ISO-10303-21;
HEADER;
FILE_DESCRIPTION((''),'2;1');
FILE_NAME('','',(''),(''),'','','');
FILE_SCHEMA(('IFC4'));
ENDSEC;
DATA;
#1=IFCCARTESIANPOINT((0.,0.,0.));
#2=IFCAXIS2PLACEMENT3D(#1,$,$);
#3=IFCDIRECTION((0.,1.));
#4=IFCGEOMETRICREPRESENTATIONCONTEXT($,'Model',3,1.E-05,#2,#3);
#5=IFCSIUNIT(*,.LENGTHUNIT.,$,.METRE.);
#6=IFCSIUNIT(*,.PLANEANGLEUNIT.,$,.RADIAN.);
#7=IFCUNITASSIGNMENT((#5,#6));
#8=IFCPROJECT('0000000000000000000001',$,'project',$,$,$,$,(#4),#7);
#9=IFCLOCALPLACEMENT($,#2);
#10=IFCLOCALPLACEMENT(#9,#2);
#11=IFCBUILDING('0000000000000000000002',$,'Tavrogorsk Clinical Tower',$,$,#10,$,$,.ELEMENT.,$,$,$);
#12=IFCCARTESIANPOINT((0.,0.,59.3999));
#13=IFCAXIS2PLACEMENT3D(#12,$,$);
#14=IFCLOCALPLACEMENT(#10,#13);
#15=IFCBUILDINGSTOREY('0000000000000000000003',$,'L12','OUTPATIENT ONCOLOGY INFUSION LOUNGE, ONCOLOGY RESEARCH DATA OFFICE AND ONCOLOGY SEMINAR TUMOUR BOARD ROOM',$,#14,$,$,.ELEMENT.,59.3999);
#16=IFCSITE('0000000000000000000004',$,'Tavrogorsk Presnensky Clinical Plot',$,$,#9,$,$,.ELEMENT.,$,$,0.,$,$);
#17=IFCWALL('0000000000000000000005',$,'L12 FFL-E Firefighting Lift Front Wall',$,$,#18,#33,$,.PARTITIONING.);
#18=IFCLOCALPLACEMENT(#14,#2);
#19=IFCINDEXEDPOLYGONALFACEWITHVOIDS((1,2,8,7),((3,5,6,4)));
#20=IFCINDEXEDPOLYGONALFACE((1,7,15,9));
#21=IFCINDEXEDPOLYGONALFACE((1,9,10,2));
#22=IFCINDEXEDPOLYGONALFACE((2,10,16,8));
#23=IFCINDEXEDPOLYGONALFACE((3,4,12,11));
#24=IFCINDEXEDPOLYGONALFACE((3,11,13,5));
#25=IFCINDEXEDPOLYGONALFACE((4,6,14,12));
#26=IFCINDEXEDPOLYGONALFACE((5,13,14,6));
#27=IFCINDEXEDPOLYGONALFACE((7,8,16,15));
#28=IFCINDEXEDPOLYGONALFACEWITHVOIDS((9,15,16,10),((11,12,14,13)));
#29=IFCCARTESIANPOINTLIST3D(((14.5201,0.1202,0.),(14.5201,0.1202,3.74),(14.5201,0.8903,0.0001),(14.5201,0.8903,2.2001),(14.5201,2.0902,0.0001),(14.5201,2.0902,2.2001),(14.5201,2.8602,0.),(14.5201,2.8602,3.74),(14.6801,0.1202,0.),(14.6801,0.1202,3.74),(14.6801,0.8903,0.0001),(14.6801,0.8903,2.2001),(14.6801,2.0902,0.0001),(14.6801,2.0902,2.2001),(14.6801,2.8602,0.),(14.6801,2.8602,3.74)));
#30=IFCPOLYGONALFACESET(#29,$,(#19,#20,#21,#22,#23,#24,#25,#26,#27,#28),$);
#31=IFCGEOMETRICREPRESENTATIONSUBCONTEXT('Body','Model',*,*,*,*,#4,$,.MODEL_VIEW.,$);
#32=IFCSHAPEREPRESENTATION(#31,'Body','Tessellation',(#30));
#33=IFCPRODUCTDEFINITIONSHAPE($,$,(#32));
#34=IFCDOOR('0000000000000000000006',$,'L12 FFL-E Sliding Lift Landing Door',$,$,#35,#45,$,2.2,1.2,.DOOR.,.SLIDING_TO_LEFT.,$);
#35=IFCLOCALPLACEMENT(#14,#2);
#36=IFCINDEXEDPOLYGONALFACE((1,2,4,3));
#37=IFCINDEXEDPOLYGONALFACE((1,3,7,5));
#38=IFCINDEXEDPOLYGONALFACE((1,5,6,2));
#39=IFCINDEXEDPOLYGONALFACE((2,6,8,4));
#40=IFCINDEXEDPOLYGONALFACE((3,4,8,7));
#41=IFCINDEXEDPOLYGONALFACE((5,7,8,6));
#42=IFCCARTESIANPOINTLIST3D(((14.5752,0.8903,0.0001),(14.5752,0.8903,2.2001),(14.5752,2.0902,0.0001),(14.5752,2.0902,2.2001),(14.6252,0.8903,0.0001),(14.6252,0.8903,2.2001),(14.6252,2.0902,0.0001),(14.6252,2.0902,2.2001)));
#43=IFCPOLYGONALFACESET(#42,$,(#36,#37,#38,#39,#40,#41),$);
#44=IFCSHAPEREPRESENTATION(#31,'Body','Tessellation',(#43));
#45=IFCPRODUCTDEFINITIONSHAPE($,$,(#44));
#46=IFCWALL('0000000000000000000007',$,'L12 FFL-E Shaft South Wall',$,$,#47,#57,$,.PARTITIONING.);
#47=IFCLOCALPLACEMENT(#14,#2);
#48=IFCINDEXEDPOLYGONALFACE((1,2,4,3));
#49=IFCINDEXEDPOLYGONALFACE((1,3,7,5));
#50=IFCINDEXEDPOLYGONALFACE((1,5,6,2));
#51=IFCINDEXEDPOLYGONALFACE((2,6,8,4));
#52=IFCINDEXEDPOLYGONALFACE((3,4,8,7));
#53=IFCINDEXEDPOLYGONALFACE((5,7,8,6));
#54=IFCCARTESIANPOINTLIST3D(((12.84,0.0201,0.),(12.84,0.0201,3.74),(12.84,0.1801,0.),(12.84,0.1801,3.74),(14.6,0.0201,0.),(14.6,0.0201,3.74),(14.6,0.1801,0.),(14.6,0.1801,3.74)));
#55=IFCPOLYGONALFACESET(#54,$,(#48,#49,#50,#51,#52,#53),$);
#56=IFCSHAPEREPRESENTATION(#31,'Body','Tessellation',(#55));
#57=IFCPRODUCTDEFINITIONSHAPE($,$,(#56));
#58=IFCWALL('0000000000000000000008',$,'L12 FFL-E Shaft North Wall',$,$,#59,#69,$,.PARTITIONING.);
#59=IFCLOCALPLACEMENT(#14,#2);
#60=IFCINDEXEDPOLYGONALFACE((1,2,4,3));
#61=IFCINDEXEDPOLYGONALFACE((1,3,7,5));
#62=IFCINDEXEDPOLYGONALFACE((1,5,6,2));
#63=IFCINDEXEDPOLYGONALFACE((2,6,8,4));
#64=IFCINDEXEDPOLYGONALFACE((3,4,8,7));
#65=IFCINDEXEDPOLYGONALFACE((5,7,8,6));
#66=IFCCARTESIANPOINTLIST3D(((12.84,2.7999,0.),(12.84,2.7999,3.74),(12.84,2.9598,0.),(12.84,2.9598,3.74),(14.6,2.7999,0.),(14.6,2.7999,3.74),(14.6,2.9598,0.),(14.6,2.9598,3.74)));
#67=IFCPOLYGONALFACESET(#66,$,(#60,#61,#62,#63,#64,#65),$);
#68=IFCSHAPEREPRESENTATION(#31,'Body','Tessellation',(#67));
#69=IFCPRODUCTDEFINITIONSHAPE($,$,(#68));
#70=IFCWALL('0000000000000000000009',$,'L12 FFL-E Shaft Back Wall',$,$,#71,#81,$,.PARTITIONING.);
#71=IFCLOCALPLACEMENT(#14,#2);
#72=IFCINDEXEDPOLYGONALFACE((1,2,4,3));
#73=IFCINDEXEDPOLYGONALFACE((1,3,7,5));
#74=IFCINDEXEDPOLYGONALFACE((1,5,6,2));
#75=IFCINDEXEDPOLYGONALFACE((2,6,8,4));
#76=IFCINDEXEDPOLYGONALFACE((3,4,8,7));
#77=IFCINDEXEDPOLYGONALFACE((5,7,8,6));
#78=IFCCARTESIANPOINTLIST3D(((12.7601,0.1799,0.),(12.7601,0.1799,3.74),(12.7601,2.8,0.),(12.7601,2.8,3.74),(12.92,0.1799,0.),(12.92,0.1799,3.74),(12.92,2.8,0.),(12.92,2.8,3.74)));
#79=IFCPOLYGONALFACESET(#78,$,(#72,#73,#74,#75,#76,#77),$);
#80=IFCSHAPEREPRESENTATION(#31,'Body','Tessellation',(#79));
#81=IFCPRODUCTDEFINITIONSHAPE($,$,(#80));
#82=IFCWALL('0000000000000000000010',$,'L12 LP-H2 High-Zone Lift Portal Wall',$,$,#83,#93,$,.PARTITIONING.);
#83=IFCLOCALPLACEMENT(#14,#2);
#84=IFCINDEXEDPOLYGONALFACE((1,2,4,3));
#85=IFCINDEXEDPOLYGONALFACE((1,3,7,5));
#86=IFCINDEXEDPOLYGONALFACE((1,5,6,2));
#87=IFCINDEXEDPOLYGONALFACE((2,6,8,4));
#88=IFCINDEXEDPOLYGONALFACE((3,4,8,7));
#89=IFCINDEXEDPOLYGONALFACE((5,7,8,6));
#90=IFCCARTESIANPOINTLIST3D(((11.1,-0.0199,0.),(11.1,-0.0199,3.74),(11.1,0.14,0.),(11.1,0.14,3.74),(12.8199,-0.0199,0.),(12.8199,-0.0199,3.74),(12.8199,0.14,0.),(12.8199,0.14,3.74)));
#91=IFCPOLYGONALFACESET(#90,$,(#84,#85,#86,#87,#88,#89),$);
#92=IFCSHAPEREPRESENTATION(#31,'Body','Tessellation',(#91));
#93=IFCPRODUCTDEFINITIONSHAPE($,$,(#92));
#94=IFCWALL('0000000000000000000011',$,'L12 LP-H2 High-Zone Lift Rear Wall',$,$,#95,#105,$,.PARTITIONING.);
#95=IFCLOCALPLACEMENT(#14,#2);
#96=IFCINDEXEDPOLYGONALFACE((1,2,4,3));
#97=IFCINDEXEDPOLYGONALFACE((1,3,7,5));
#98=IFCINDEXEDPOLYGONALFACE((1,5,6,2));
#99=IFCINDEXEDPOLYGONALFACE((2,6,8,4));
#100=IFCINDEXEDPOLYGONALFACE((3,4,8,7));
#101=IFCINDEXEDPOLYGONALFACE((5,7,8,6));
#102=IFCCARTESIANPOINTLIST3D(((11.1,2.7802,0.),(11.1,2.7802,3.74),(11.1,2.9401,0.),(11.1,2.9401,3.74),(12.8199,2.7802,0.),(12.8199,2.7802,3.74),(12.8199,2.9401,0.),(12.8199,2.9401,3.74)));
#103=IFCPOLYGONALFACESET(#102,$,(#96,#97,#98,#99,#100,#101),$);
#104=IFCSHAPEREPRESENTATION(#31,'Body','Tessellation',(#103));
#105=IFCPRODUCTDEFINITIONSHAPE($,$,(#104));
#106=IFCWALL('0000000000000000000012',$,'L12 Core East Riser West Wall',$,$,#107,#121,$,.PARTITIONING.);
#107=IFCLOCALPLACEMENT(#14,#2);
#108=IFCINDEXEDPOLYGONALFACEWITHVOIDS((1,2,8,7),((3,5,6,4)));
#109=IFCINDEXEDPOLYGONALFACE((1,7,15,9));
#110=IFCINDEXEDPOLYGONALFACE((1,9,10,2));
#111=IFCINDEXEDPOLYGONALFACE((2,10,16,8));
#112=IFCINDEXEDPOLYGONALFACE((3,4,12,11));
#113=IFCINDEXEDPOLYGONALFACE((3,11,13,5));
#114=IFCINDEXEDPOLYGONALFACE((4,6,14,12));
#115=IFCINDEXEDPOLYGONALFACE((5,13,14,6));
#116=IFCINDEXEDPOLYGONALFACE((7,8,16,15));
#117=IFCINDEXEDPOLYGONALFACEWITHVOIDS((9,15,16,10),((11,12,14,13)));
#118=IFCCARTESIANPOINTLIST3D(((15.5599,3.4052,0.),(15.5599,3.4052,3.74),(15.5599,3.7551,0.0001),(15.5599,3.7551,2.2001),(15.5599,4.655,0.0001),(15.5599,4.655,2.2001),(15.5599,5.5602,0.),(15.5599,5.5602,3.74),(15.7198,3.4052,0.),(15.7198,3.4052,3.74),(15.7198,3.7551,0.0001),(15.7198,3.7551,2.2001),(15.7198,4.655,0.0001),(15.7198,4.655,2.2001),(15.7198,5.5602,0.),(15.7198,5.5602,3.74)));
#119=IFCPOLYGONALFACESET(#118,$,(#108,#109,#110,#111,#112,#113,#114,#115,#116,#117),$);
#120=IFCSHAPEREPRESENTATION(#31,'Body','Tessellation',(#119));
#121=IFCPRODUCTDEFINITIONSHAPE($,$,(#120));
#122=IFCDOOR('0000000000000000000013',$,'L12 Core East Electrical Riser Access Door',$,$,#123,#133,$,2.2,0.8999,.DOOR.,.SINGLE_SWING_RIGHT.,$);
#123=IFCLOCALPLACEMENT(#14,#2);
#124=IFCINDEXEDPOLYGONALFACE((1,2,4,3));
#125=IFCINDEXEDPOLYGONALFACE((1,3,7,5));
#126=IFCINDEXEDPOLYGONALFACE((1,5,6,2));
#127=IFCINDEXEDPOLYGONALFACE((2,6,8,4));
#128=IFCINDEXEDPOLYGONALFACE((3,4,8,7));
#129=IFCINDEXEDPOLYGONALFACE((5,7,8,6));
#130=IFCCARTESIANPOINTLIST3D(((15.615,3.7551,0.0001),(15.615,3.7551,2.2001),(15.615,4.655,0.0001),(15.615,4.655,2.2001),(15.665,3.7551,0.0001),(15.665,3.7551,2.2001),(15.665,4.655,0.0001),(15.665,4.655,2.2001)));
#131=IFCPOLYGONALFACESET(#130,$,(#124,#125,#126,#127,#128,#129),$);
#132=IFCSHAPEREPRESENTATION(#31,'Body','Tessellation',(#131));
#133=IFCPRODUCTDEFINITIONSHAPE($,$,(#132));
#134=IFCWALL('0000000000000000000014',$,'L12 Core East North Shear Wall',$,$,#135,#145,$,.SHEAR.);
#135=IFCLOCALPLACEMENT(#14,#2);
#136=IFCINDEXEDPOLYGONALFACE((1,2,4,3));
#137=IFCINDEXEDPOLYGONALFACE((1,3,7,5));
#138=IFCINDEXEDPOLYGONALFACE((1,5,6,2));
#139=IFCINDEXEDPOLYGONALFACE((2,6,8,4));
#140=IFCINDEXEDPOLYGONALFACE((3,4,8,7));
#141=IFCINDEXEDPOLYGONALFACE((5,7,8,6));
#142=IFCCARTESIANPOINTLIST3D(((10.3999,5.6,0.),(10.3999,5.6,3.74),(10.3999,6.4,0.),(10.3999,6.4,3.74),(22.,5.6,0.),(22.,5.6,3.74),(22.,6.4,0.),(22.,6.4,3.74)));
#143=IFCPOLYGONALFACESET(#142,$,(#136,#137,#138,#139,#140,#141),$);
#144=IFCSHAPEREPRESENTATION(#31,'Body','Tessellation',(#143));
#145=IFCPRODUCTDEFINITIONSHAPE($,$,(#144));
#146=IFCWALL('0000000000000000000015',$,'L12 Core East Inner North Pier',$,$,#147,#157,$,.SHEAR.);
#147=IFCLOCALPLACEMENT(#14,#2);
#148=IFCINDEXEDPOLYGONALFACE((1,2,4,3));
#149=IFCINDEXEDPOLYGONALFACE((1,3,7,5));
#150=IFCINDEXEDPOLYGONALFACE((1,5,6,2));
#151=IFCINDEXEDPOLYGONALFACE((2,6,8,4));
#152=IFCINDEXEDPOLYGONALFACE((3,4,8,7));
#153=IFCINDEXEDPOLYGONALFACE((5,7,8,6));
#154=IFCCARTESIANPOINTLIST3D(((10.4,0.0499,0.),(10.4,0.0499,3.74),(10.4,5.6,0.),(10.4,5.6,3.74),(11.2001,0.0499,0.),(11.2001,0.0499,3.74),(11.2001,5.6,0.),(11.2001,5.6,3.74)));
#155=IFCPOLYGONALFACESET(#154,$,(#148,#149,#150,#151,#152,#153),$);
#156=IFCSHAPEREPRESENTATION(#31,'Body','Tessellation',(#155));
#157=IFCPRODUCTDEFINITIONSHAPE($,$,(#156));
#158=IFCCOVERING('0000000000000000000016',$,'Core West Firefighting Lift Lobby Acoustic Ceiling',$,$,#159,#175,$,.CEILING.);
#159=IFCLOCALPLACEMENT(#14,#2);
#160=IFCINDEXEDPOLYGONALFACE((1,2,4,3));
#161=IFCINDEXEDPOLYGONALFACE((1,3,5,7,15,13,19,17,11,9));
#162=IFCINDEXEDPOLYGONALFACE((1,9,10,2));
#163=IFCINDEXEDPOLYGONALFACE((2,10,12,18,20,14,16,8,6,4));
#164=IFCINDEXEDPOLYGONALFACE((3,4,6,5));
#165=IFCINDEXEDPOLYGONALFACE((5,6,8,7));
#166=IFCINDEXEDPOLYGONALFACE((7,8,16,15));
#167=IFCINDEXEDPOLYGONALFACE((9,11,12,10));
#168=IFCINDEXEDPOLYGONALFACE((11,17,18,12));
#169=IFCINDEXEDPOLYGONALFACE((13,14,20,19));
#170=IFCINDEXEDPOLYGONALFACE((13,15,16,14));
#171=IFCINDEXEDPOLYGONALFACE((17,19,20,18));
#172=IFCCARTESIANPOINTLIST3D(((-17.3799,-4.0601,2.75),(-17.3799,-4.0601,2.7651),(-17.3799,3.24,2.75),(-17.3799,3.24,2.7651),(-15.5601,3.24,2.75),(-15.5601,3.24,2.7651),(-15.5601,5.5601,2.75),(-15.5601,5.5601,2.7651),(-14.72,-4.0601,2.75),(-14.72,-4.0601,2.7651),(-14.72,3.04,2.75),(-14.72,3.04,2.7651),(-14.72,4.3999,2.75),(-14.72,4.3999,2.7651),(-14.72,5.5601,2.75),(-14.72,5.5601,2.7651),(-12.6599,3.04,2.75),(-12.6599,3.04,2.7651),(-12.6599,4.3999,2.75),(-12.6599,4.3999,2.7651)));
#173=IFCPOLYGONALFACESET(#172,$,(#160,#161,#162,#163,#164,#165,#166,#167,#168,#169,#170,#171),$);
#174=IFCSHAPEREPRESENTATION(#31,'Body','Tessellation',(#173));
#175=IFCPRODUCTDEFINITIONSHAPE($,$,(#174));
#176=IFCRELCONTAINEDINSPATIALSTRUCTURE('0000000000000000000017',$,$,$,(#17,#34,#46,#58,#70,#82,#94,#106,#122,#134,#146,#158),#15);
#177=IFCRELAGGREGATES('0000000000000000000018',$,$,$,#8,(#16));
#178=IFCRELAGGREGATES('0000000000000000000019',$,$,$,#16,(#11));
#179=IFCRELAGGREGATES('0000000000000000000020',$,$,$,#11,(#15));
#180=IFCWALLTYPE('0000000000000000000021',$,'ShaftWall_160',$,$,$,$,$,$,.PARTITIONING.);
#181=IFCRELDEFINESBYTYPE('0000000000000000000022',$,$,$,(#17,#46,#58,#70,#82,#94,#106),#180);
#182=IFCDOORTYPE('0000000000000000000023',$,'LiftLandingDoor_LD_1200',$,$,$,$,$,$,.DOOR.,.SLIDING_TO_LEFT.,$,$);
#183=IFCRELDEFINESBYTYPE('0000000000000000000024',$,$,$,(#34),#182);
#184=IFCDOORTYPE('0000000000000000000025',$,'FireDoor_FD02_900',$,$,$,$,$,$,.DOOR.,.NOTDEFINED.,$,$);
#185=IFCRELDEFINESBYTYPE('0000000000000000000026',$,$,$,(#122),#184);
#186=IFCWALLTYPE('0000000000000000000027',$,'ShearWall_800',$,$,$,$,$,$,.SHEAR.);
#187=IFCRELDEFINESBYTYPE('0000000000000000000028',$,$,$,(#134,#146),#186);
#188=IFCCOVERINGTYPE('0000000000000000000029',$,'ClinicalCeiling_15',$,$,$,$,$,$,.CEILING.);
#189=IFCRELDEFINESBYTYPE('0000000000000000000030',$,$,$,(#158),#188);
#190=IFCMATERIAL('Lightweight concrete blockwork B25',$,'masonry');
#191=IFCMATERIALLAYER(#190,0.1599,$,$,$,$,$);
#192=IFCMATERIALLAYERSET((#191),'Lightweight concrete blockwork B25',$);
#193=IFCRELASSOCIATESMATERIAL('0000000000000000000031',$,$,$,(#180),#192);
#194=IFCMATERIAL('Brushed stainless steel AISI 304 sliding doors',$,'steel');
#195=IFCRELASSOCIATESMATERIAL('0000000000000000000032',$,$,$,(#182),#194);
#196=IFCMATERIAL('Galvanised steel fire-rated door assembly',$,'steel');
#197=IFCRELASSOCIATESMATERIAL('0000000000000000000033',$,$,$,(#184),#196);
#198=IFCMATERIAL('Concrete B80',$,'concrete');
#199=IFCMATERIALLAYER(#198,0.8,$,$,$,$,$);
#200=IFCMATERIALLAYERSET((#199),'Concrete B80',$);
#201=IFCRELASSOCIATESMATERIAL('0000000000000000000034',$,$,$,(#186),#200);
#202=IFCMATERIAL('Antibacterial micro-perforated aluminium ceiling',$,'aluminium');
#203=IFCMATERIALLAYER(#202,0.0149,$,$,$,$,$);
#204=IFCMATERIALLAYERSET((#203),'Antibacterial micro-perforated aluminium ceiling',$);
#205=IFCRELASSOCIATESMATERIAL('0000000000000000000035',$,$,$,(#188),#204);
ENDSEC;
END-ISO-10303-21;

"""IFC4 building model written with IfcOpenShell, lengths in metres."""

from ifc_helpers import new_model, si_unit, direction, frame, frame_2d, origin, place, context, subcontext, project, spatial, polyline, rectangle, outline, extrude, material, layer, layer_set, type_object, element, fill, save


model = new_model("IFC4")

# Units and contexts
model_context = context("Model", 3, precision=1e-05, world=origin(), true_north=direction((0.0, 1.0)))
body_context = subcontext(model_context, "Body", "Model", "MODEL_VIEW")
ifc_project = project(units=[si_unit("LENGTHUNIT", "METRE"), si_unit("PLANEANGLEUNIT", "RADIAN")], contexts=[model_context])

# Site, building, storey
site_placement = place(None, origin())
site = spatial("IfcSite", under=ifc_project, at=site_placement, Name="Tavrogorsk Presnensky Clinical Plot", CompositionType="ELEMENT", RefElevation=0.0)
building_placement = place(site_placement, origin())
building = spatial("IfcBuilding", under=site, at=building_placement, Name="Tavrogorsk Clinical Tower", CompositionType="ELEMENT")
storey_placement = place(building_placement, frame((0.0, 0.0, 59.3999)))
storey = spatial("IfcBuildingStorey", under=building, at=storey_placement, Name="L12", Description="OUTPATIENT ONCOLOGY INFUSION LOUNGE, ONCOLOGY RESEARCH DATA OFFICE AND ONCOLOGY SEMINAR TUMOUR BOARD ROOM", CompositionType="ELEMENT", Elevation=59.3999)

# Wall, opening, door
ifc_material_1 = material(Name="Lightweight concrete blockwork B25", Category="masonry")
ifc_layer_1 = layer(ifc_material_1, 0.1599)
ifc_layer_set_1 = layer_set([ifc_layer_1], Name="Lightweight concrete blockwork B25")
wall_type_1 = type_object("IfcWallType", Name="ShaftWall_160", PredefinedType="PARTITIONING", material=ifc_layer_set_1)
wall_1_placement = place(storey_placement, frame((14.6001, 0.1201, 0.0), z_axis=(0.0, 0.0, 1.0), x_axis=(0.0, 1.0, 0.0)))
wall_1 = element("IfcWall", 1, at=wall_1_placement, inside=storey, type_object=wall_type_1, Name="L12 FFL-E Firefighting Lift Front Wall", PredefinedType="PARTITIONING", context=body_context, shape_type="SweptSolid", body=[
    extrude(rectangle(XDim=2.74, YDim=0.1599, at=frame_2d((1.3701, 0.0))), origin(), (0.0, 0.0, 1.0), 3.74),
])
opening_1_placement = place(wall_1_placement, frame((0.77, 0.0, 0.0)))
opening_1 = element("IfcOpeningElement", 2, at=opening_1_placement, cuts=wall_1, PredefinedType="OPENING", context=body_context, shape_type="SweptSolid", body=[
    extrude(rectangle(XDim=1.2, YDim=2.2, at=frame_2d((0.6001, 1.1001))), frame((0.0, 0.0898, 0.0), z_axis=(0.0, -1.0, 0.0), x_axis=(1.0, 0.0, 0.0)), (0.0, 0.0, 1.0), 0.1799),
])
ifc_material_2 = material(Name="Brushed stainless steel AISI 304 sliding doors", Category="steel")
door_type_1 = type_object("IfcDoorType", Name="LiftLandingDoor_LD_1200", OperationType="SLIDING_TO_LEFT", PredefinedType="DOOR", material=ifc_material_2)
door_1_placement = place(opening_1_placement, origin())
door_1 = element("IfcDoor", 3, at=door_1_placement, inside=storey, type_object=door_type_1, Name="L12 FFL-E Sliding Lift Landing Door", OperationType="SLIDING_TO_LEFT", OverallHeight=2.2, OverallWidth=1.2, PredefinedType="DOOR", context=body_context, shape_type="SweptSolid", body=[
    extrude(rectangle(XDim=1.2, YDim=2.2, at=frame_2d((0.6001, 1.1001))), frame((0.0, 0.0249, 0.0), z_axis=(0.0, -1.0, 0.0), x_axis=(1.0, 0.0, 0.0)), (0.0, 0.0, 1.0), 0.05),
])
fill(opening_1, door_1)

# Walls
for number, where, z_axis, x_axis, name in (
    (4, (12.8401, 0.1001, 0.0), (0.0, 0.0, 1.0), (1.0, 0.0, 0.0), "L12 FFL-E Shaft South Wall"),
    (5, (12.8401, 2.8799, 0.0), (0.0, 0.0, 1.0), (1.0, 0.0, 0.0), "L12 FFL-E Shaft North Wall"),
):
    element("IfcWall", number, at=place(storey_placement, frame(where, z_axis=z_axis, x_axis=x_axis)), inside=storey, type_object=wall_type_1, Name=name, PredefinedType="PARTITIONING", context=body_context, shape_type="SweptSolid", body=[
        extrude(rectangle(XDim=1.76, YDim=0.1599, at=frame_2d((0.8799, 0.0))), origin(), (0.0, 0.0, 1.0), 3.74),
    ])
wall_2_placement = place(storey_placement, frame((12.8401, 0.1799, 0.0), z_axis=(0.0, 0.0, 1.0), x_axis=(0.0, 1.0, 0.0)))
element("IfcWall", 6, at=wall_2_placement, inside=storey, type_object=wall_type_1, Name="L12 FFL-E Shaft Back Wall", PredefinedType="PARTITIONING", context=body_context, shape_type="SweptSolid", body=[
    extrude(rectangle(XDim=2.6201, YDim=0.1599, at=frame_2d((1.3101, 0.0))), origin(), (0.0, 0.0, 1.0), 3.74),
])
for number, where, z_axis, x_axis, name in (
    (7, (11.1001, 0.0601, 0.0), (0.0, 0.0, 1.0), (1.0, 0.0, 0.0), "L12 LP-H2 High-Zone Lift Portal Wall"),
    (8, (11.1001, 2.8601, 0.0), (0.0, 0.0, 1.0), (1.0, 0.0, 0.0), "L12 LP-H2 High-Zone Lift Rear Wall"),
):
    element("IfcWall", number, at=place(storey_placement, frame(where, z_axis=z_axis, x_axis=x_axis)), inside=storey, type_object=wall_type_1, Name=name, PredefinedType="PARTITIONING", context=body_context, shape_type="SweptSolid", body=[
        extrude(rectangle(XDim=1.72, YDim=0.1599, at=frame_2d((0.8599, 0.0))), origin(), (0.0, 0.0, 1.0), 3.74),
    ])

# Wall, opening, door
wall_3_placement = place(storey_placement, frame((15.6399, 3.405, 0.0), z_axis=(0.0, 0.0, 1.0), x_axis=(0.0, 1.0, 0.0)))
wall_3 = element("IfcWall", 9, at=wall_3_placement, inside=storey, type_object=wall_type_1, Name="L12 Core East Riser West Wall", PredefinedType="PARTITIONING", context=body_context, shape_type="SweptSolid", body=[
    extrude(rectangle(XDim=2.155, YDim=0.1599, at=frame_2d((1.0776, 0.0))), origin(), (0.0, 0.0, 1.0), 3.74),
])
opening_2_placement = place(wall_3_placement, frame((0.3501, 0.0, 0.0)))
opening_2 = element("IfcOpeningElement", 10, at=opening_2_placement, cuts=wall_3, PredefinedType="OPENING", context=body_context, shape_type="SweptSolid", body=[
    extrude(rectangle(XDim=0.8999, YDim=2.2, at=frame_2d((0.45, 1.1001))), frame((0.0, 0.0898, 0.0), z_axis=(0.0, -1.0, 0.0), x_axis=(1.0, 0.0, 0.0)), (0.0, 0.0, 1.0), 0.1799),
])
ifc_material_3 = material(Name="Galvanised steel fire-rated door assembly", Category="steel")
door_type_2 = type_object("IfcDoorType", Name="FireDoor_FD02_900", OperationType="NOTDEFINED", PredefinedType="DOOR", material=ifc_material_3)
door_2_placement = place(opening_2_placement, origin())
door_2 = element("IfcDoor", 11, at=door_2_placement, inside=storey, type_object=door_type_2, Name="L12 Core East Electrical Riser Access Door", OperationType="SINGLE_SWING_RIGHT", OverallHeight=2.2, OverallWidth=0.8999, PredefinedType="DOOR", context=body_context, shape_type="SweptSolid", body=[
    extrude(rectangle(XDim=0.8999, YDim=2.2, at=frame_2d((0.45, 1.1001))), frame((0.0, 0.0249, 0.0), z_axis=(0.0, -1.0, 0.0), x_axis=(1.0, 0.0, 0.0)), (0.0, 0.0, 1.0), 0.05),
])
fill(opening_2, door_2)

# Walls
ifc_material_4 = material(Name="Concrete B80", Category="concrete")
ifc_layer_2 = layer(ifc_material_4, 0.8)
ifc_layer_set_2 = layer_set([ifc_layer_2], Name="Concrete B80")
wall_type_2 = type_object("IfcWallType", Name="ShearWall_800", PredefinedType="SHEAR", material=ifc_layer_set_2)
wall_4_placement = place(storey_placement, frame((10.3999, 6.0, 0.0), z_axis=(0.0, 0.0, 1.0), x_axis=(1.0, 0.0, 0.0)))
element("IfcWall", 12, at=wall_4_placement, inside=storey, type_object=wall_type_2, Name="L12 Core East North Shear Wall", PredefinedType="SHEAR", context=body_context, shape_type="SweptSolid", body=[
    extrude(rectangle(XDim=11.6001, YDim=0.8, at=frame_2d((5.8, 0.0))), origin(), (0.0, 0.0, 1.0), 3.74),
])
wall_5_placement = place(storey_placement, frame((10.8, 0.05, 0.0), z_axis=(0.0, 0.0, 1.0), x_axis=(0.0, 1.0, 0.0)))
element("IfcWall", 13, at=wall_5_placement, inside=storey, type_object=wall_type_2, Name="L12 Core East Inner North Pier", PredefinedType="SHEAR", context=body_context, shape_type="SweptSolid", body=[
    extrude(rectangle(XDim=5.55, YDim=0.8, at=frame_2d((2.7749, 0.0))), origin(), (0.0, 0.0, 1.0), 3.74),
])

# Covering
ifc_material_5 = material(Name="Antibacterial micro-perforated aluminium ceiling", Category="aluminium")
ifc_layer_3 = layer(ifc_material_5, 0.0149)
ifc_layer_set_3 = layer_set([ifc_layer_3], Name="Antibacterial micro-perforated aluminium ceiling")
covering_type_1 = type_object("IfcCoveringType", Name="ClinicalCeiling_15", PredefinedType="CEILING", material=ifc_layer_set_3)
covering_1_placement = place(storey_placement, frame((0.0, 0.0, 2.75)))
element("IfcCovering", 14, at=covering_1_placement, inside=storey, type_object=covering_type_1, Name="Core West Firefighting Lift Lobby Acoustic Ceiling", PredefinedType="CEILING", context=body_context, shape_type="SweptSolid", body=[
    extrude(outline(polyline([(-17.3799, -4.0601), (-17.3799, 3.24), (-15.5601, 3.24), (-15.5601, 5.5601), (-14.72, 5.5601), (-14.72, 4.3999), (-12.6599, 4.3999), (-12.6599, 3.04), (-14.72, 3.04), (-14.72, -4.0601), (-17.3799, -4.0601)])), origin(), (0.0, 0.0, 1.0), 0.0151),
])

save(model, "model.ifc")
